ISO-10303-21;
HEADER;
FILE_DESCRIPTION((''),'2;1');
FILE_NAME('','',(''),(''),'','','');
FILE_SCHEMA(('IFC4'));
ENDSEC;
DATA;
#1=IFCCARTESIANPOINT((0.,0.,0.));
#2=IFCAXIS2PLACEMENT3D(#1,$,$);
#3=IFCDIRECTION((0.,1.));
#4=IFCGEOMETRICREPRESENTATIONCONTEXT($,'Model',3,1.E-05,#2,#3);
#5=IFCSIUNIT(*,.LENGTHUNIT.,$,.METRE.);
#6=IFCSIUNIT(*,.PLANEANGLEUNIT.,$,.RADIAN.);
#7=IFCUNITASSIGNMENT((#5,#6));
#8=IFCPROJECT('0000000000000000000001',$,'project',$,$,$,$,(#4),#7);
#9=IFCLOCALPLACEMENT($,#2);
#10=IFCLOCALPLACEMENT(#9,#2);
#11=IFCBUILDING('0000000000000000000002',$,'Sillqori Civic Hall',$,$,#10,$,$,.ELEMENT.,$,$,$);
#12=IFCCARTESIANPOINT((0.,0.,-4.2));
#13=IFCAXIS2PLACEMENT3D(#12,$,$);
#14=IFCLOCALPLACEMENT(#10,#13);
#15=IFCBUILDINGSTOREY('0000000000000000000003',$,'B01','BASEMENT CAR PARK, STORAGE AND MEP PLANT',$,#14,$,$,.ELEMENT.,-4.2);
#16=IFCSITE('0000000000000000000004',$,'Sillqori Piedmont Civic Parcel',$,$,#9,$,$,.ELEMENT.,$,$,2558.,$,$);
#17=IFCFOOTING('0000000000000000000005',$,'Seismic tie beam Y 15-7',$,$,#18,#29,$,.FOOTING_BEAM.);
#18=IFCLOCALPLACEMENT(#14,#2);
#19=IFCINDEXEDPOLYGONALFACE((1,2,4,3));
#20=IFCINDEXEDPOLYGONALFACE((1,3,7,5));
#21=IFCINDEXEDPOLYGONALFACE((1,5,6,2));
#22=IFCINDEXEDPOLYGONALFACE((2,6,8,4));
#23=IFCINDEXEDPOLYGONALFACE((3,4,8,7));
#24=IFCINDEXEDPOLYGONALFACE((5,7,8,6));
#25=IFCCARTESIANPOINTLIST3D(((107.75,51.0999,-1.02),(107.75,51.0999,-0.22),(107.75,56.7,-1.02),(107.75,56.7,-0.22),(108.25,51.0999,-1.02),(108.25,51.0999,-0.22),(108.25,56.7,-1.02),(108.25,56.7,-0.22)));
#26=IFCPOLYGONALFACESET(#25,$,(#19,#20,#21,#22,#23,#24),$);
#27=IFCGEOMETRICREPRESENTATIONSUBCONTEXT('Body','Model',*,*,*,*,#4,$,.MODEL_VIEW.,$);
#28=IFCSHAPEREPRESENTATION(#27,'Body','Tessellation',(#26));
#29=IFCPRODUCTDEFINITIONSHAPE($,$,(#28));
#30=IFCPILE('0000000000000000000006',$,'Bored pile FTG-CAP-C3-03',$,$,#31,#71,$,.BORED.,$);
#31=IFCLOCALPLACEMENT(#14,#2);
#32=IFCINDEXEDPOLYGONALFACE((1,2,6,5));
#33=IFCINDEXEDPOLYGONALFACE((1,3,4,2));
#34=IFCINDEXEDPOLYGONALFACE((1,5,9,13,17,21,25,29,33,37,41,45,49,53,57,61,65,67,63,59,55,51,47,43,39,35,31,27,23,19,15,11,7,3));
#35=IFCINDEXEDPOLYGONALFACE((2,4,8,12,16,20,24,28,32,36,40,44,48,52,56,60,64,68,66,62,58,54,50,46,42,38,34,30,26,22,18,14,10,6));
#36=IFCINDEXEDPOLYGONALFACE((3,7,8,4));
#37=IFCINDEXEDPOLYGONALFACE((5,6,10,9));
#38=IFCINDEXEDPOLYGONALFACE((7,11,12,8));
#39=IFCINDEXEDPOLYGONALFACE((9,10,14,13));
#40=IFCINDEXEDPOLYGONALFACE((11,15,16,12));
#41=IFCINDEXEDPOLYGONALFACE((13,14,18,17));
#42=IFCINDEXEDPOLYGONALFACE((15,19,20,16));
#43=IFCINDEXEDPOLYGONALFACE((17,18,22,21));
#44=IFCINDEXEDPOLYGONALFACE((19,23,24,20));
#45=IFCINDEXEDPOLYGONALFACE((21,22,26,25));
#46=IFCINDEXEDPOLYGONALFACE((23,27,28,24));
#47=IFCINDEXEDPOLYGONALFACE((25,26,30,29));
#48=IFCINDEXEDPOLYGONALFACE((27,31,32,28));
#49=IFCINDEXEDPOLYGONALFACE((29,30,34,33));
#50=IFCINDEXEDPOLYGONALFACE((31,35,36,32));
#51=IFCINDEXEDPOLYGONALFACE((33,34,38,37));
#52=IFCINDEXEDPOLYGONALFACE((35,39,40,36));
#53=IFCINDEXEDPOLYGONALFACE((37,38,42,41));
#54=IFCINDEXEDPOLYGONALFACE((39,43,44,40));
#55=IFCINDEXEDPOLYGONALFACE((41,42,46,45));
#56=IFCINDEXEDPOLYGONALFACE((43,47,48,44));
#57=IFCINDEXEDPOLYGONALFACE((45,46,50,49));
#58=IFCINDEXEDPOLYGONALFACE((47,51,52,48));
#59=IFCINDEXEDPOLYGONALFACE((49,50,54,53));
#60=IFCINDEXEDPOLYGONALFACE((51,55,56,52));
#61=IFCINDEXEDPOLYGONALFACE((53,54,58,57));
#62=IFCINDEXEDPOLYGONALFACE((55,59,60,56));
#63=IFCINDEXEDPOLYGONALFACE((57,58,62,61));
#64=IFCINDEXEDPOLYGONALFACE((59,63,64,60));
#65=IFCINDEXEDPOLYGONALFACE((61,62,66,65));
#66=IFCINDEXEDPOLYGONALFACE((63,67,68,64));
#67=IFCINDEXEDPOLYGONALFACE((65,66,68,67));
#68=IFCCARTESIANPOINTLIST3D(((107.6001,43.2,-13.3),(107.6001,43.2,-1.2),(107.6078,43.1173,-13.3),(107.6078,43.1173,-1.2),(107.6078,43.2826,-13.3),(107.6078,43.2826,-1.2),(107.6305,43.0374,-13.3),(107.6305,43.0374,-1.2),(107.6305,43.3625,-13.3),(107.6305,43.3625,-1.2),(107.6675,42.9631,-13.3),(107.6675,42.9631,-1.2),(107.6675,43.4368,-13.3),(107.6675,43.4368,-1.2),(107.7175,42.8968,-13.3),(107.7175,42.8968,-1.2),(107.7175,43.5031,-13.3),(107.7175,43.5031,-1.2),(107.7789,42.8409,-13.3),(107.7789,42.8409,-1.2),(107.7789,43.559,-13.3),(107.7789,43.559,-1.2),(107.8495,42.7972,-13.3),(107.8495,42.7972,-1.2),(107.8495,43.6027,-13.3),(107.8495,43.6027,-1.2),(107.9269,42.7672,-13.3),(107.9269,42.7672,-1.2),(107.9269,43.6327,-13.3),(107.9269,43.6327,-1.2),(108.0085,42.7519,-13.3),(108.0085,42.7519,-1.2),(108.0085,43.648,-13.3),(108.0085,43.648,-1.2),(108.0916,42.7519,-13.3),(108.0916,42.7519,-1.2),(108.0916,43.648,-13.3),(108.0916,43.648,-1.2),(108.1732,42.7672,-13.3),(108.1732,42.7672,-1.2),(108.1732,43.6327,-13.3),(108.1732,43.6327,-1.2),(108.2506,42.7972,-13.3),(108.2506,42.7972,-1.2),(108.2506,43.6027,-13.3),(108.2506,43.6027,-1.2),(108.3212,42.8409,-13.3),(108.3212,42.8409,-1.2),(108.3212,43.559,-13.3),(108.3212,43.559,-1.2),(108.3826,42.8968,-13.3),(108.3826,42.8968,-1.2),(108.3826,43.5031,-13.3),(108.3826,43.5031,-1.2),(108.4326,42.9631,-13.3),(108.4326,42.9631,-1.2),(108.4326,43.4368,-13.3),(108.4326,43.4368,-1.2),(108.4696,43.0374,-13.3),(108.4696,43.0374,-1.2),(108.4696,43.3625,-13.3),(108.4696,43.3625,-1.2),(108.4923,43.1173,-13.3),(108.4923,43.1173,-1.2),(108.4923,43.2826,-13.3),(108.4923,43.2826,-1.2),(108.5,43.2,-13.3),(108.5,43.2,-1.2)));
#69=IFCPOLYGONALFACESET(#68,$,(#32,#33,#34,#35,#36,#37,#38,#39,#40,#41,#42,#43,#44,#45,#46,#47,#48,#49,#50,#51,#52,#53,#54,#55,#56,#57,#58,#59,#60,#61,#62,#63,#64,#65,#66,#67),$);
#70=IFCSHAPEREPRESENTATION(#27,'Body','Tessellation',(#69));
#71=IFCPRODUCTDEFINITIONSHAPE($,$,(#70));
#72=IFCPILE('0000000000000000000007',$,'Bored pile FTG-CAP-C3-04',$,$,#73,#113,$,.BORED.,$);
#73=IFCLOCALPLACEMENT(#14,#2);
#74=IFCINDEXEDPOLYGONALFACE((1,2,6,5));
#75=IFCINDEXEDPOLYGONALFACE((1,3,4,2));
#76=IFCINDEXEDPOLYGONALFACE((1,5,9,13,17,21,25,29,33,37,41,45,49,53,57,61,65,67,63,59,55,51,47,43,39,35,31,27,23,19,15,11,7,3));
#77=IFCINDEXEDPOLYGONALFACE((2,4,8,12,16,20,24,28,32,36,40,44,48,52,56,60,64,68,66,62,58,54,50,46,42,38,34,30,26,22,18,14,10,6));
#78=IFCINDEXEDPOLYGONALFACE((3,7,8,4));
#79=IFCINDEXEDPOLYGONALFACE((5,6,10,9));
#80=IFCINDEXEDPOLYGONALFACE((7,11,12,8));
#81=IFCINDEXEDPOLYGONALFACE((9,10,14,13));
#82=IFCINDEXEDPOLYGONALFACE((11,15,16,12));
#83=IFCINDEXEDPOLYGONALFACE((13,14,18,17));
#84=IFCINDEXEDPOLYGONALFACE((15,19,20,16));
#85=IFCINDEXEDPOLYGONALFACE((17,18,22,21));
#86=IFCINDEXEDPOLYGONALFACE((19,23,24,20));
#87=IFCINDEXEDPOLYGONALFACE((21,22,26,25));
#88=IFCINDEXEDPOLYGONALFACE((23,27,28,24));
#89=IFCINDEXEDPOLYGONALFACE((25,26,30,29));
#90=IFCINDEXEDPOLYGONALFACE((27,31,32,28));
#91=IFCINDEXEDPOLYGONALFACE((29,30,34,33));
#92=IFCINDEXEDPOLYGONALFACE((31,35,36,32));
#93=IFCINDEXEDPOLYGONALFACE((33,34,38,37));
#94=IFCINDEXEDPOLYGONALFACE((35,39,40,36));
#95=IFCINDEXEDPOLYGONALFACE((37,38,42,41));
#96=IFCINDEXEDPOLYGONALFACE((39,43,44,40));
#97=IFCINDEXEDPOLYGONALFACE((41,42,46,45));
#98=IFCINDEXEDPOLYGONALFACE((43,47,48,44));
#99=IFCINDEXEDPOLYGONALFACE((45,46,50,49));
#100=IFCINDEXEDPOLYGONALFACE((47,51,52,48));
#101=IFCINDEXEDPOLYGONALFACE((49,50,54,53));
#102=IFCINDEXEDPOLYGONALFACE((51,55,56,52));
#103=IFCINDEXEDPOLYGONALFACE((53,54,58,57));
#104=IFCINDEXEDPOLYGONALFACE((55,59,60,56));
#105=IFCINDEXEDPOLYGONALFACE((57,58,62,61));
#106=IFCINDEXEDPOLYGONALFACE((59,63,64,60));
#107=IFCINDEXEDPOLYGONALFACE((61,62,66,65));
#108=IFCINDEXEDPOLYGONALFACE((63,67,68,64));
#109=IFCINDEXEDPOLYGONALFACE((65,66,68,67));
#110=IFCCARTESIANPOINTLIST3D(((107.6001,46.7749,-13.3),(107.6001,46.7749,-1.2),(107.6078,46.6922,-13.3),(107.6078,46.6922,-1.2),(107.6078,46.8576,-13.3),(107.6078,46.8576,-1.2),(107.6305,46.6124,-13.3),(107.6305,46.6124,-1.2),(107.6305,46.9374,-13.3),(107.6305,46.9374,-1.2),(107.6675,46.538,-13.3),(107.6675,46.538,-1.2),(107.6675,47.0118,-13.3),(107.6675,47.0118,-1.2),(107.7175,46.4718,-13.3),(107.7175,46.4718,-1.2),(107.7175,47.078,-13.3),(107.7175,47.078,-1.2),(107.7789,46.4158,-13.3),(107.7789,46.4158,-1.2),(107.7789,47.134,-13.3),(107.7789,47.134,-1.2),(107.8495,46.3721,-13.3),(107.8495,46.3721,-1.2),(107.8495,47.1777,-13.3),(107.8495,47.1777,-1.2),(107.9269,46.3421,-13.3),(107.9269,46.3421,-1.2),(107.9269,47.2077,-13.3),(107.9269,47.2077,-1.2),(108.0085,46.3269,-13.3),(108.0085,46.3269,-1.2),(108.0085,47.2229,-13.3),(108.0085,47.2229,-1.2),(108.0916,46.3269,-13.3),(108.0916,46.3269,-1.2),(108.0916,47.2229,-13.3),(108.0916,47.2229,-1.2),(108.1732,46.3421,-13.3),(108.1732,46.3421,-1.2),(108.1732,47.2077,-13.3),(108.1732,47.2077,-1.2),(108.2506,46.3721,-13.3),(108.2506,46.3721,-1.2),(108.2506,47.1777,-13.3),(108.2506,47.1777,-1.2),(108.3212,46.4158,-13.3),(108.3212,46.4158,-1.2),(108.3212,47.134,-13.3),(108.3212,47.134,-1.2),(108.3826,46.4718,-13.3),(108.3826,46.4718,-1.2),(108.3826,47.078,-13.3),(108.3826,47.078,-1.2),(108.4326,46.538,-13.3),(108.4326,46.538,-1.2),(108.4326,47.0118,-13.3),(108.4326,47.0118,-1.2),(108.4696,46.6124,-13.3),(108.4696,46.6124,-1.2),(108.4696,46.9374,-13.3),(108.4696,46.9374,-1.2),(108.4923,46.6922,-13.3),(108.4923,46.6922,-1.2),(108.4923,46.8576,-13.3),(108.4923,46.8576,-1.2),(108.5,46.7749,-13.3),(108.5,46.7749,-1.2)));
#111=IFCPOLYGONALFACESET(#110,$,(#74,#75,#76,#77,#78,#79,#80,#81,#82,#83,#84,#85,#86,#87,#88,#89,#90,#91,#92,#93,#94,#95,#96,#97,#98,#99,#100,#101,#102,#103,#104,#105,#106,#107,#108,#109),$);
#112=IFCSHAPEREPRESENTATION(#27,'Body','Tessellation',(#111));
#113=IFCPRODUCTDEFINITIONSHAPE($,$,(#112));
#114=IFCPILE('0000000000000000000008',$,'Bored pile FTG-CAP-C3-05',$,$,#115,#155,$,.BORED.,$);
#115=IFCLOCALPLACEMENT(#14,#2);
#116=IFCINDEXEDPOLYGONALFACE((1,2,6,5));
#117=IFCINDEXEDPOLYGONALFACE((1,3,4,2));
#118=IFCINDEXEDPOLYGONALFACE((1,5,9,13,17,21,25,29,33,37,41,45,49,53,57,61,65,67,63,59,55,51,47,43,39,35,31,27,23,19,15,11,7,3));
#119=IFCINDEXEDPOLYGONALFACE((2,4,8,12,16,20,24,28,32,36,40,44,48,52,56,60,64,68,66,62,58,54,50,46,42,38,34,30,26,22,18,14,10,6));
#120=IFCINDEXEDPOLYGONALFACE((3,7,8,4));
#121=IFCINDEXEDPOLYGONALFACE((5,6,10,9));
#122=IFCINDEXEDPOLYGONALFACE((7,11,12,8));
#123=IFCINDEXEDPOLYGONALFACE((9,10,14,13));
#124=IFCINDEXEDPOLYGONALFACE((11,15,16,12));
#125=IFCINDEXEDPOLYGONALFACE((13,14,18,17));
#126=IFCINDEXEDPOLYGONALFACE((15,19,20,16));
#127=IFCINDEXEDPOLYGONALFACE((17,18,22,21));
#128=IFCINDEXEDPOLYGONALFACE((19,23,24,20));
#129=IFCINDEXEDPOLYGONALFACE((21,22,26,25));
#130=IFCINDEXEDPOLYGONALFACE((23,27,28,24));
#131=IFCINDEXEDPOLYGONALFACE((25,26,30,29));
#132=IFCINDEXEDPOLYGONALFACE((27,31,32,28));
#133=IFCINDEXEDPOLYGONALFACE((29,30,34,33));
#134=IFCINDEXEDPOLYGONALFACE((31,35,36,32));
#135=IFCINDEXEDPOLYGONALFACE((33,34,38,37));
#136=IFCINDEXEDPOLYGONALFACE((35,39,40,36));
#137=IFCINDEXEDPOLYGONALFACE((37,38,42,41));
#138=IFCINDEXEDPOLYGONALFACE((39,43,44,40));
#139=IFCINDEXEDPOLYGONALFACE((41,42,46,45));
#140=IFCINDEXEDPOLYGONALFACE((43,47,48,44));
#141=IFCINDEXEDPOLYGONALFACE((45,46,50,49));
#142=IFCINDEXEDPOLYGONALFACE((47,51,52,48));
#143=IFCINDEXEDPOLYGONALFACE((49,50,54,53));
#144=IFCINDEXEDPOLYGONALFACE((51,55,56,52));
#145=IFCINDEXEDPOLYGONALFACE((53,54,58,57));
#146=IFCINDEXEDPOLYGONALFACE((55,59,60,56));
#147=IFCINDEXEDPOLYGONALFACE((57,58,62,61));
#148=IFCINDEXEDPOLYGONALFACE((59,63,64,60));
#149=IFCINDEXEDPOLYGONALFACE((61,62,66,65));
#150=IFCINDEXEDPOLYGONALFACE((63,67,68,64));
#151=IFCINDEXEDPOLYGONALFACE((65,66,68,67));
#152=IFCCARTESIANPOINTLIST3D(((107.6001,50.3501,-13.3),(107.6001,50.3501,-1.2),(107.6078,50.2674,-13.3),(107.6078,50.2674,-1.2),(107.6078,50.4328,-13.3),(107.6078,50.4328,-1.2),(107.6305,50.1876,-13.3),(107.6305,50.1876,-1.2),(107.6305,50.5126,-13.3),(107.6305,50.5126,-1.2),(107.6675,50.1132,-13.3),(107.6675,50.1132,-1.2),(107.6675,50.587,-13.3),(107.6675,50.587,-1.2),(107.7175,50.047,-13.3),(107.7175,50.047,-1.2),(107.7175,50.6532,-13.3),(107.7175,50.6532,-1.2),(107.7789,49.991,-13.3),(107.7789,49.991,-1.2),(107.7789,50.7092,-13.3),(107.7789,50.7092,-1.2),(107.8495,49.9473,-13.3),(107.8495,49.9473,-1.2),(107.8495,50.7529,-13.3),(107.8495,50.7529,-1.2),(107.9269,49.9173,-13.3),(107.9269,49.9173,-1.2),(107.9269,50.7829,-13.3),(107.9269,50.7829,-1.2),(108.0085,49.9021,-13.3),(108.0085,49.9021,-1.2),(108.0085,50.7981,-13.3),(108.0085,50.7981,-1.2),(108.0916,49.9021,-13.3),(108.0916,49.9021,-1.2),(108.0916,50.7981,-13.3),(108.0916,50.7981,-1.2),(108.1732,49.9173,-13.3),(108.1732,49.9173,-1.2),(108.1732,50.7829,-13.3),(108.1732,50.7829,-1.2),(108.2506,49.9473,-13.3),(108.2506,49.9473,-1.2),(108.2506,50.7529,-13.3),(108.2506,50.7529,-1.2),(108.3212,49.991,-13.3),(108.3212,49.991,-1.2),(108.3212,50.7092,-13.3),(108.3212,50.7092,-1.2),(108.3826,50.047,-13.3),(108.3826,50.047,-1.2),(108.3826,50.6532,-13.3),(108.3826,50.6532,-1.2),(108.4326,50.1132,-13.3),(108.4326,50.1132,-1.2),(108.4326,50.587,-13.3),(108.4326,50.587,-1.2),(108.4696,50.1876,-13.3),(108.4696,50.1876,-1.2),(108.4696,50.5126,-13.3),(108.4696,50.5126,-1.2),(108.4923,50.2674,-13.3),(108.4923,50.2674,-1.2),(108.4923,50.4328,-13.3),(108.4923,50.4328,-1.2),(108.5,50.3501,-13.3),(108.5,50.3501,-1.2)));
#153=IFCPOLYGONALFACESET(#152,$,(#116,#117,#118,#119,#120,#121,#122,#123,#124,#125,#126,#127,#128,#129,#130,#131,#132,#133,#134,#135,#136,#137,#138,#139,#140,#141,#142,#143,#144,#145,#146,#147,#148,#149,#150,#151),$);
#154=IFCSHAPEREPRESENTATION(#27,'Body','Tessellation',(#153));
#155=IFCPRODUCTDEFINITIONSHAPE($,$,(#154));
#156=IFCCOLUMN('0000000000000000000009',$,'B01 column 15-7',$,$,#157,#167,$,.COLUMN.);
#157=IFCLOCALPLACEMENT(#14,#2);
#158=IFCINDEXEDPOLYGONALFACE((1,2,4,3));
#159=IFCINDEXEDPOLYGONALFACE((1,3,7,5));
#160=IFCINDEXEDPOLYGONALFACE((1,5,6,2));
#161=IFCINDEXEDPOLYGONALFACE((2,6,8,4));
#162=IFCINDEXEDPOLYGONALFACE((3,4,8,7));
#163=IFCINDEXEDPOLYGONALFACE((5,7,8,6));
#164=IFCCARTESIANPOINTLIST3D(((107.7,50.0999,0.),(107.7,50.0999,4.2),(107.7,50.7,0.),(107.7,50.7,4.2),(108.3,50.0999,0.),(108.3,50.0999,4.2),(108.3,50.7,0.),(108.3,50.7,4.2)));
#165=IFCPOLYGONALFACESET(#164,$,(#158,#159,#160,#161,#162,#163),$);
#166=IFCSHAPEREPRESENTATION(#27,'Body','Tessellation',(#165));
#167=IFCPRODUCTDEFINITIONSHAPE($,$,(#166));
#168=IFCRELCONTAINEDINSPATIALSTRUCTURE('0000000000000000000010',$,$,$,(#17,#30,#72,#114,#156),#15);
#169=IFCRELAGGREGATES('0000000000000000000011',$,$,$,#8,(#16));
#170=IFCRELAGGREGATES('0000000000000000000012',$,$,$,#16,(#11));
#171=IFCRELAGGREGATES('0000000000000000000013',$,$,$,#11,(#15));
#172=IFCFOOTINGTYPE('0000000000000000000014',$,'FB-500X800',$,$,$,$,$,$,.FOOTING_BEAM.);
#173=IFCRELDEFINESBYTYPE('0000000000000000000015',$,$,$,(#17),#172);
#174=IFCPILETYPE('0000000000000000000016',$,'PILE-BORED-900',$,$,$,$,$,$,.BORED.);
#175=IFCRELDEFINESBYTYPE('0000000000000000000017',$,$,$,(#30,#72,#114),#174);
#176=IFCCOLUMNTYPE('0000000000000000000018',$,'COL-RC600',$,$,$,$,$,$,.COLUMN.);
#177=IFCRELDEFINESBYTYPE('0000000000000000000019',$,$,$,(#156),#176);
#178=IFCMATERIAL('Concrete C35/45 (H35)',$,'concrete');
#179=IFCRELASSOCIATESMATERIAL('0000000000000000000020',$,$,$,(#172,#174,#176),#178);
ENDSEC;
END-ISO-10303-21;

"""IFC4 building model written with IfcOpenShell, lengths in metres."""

from ifc_helpers import new_model, si_unit, direction, frame, origin, origin_2d, place, context, subcontext, project, spatial, rectangle, circle, extrude, material, material_profile, profile_set, type_object, element, save


model = new_model("IFC4")

# Units and contexts
model_context = context("Model", 3, precision=1e-05, world=origin(), true_north=direction((0.0, 1.0)))
body_context = subcontext(model_context, "Body", "Model", "MODEL_VIEW")
ifc_project = project(units=[si_unit("LENGTHUNIT", "METRE"), si_unit("PLANEANGLEUNIT", "RADIAN")], contexts=[model_context])

# Site, building, storey
site_placement = place(None, origin())
site = spatial("IfcSite", under=ifc_project, at=site_placement, Name="Sillqori Piedmont Civic Parcel", CompositionType="ELEMENT", RefElevation=2558.0)
building_placement = place(site_placement, origin())
building = spatial("IfcBuilding", under=site, at=building_placement, Name="Sillqori Civic Hall", CompositionType="ELEMENT")
storey_placement = place(building_placement, frame((0.0, 0.0, -4.2)))
storey = spatial("IfcBuildingStorey", under=building, at=storey_placement, Name="B01", Description="BASEMENT CAR PARK, STORAGE AND MEP PLANT", CompositionType="ELEMENT", Elevation=-4.2)

# Footing
ifc_material_1 = material(Name="Concrete C35/45 (H35)", Category="concrete")
footing_type = type_object("IfcFootingType", Name="FB-500X800", PredefinedType="FOOTING_BEAM", material=ifc_material_1)
footing_placement = place(storey_placement, frame((108.0, 53.8999, -1.02), z_axis=(0.0, 0.0, 1.0), x_axis=(1.0, 0.0, 0.0)))
element("IfcFooting", 1, at=footing_placement, inside=storey, type_object=footing_type, Name="Seismic tie beam Y 15-7", PredefinedType="FOOTING_BEAM", context=body_context, shape_type="SweptSolid", body=[
    extrude(rectangle(XDim=0.5, YDim=5.6001, at=origin_2d()), origin(), (0.0, 0.0, 1.0), 0.8),
])

# Piles
ifc_material_profile_1 = material_profile(ifc_material_1, circle(Radius=0.45, at=origin_2d()), Name="BORED PILE 900")
ifc_profile_set_1 = profile_set([ifc_material_profile_1], Name="Concrete C35/45 (H35)")
pile_type = type_object("IfcPileType", Name="PILE-BORED-900", PredefinedType="BORED", material=ifc_profile_set_1)
for number, where, z_axis, x_axis, name in (
    (2, (108.05, 43.2, -1.2), (0.0, 0.0, -1.0), (1.0, 0.0, 0.0), "Bored pile FTG-CAP-C3-03"),
    (3, (108.05, 46.7749, -1.2), (0.0, 0.0, -1.0), (1.0, 0.0, 0.0), "Bored pile FTG-CAP-C3-04"),
    (4, (108.05, 50.3501, -1.2), (0.0, 0.0, -1.0), (1.0, 0.0, 0.0), "Bored pile FTG-CAP-C3-05"),
):
    element("IfcPile", number, at=place(storey_placement, frame(where, z_axis=z_axis, x_axis=x_axis)), inside=storey, type_object=pile_type, Name=name, PredefinedType="BORED", context=body_context, shape_type="SweptSolid", body=[
        extrude(circle(Radius=0.45, at=origin_2d()), origin(), (0.0, 0.0, 1.0), 12.1001),
    ])

# Column
ifc_material_profile_2 = material_profile(ifc_material_1, rectangle(XDim=0.6001, YDim=0.6001, at=origin_2d()), Name="RC 600x600")
ifc_profile_set_2 = profile_set([ifc_material_profile_2], Name="Concrete C35/45 (H35)")
column_type = type_object("IfcColumnType", Name="COL-RC600", PredefinedType="COLUMN", material=ifc_profile_set_2)
column_placement = place(storey_placement, frame((108.0, 50.3999, 0.0), z_axis=(0.0, 0.0, 1.0), x_axis=(1.0, 0.0, 0.0)))
element("IfcColumn", 5, at=column_placement, inside=storey, type_object=column_type, Name="B01 column 15-7", PredefinedType="COLUMN", context=body_context, shape_type="SweptSolid", body=[
    extrude(rectangle(XDim=0.6001, YDim=0.6001, at=origin_2d()), origin(), (0.0, 0.0, 1.0), 4.2),
])

save(model, "model.ifc")
